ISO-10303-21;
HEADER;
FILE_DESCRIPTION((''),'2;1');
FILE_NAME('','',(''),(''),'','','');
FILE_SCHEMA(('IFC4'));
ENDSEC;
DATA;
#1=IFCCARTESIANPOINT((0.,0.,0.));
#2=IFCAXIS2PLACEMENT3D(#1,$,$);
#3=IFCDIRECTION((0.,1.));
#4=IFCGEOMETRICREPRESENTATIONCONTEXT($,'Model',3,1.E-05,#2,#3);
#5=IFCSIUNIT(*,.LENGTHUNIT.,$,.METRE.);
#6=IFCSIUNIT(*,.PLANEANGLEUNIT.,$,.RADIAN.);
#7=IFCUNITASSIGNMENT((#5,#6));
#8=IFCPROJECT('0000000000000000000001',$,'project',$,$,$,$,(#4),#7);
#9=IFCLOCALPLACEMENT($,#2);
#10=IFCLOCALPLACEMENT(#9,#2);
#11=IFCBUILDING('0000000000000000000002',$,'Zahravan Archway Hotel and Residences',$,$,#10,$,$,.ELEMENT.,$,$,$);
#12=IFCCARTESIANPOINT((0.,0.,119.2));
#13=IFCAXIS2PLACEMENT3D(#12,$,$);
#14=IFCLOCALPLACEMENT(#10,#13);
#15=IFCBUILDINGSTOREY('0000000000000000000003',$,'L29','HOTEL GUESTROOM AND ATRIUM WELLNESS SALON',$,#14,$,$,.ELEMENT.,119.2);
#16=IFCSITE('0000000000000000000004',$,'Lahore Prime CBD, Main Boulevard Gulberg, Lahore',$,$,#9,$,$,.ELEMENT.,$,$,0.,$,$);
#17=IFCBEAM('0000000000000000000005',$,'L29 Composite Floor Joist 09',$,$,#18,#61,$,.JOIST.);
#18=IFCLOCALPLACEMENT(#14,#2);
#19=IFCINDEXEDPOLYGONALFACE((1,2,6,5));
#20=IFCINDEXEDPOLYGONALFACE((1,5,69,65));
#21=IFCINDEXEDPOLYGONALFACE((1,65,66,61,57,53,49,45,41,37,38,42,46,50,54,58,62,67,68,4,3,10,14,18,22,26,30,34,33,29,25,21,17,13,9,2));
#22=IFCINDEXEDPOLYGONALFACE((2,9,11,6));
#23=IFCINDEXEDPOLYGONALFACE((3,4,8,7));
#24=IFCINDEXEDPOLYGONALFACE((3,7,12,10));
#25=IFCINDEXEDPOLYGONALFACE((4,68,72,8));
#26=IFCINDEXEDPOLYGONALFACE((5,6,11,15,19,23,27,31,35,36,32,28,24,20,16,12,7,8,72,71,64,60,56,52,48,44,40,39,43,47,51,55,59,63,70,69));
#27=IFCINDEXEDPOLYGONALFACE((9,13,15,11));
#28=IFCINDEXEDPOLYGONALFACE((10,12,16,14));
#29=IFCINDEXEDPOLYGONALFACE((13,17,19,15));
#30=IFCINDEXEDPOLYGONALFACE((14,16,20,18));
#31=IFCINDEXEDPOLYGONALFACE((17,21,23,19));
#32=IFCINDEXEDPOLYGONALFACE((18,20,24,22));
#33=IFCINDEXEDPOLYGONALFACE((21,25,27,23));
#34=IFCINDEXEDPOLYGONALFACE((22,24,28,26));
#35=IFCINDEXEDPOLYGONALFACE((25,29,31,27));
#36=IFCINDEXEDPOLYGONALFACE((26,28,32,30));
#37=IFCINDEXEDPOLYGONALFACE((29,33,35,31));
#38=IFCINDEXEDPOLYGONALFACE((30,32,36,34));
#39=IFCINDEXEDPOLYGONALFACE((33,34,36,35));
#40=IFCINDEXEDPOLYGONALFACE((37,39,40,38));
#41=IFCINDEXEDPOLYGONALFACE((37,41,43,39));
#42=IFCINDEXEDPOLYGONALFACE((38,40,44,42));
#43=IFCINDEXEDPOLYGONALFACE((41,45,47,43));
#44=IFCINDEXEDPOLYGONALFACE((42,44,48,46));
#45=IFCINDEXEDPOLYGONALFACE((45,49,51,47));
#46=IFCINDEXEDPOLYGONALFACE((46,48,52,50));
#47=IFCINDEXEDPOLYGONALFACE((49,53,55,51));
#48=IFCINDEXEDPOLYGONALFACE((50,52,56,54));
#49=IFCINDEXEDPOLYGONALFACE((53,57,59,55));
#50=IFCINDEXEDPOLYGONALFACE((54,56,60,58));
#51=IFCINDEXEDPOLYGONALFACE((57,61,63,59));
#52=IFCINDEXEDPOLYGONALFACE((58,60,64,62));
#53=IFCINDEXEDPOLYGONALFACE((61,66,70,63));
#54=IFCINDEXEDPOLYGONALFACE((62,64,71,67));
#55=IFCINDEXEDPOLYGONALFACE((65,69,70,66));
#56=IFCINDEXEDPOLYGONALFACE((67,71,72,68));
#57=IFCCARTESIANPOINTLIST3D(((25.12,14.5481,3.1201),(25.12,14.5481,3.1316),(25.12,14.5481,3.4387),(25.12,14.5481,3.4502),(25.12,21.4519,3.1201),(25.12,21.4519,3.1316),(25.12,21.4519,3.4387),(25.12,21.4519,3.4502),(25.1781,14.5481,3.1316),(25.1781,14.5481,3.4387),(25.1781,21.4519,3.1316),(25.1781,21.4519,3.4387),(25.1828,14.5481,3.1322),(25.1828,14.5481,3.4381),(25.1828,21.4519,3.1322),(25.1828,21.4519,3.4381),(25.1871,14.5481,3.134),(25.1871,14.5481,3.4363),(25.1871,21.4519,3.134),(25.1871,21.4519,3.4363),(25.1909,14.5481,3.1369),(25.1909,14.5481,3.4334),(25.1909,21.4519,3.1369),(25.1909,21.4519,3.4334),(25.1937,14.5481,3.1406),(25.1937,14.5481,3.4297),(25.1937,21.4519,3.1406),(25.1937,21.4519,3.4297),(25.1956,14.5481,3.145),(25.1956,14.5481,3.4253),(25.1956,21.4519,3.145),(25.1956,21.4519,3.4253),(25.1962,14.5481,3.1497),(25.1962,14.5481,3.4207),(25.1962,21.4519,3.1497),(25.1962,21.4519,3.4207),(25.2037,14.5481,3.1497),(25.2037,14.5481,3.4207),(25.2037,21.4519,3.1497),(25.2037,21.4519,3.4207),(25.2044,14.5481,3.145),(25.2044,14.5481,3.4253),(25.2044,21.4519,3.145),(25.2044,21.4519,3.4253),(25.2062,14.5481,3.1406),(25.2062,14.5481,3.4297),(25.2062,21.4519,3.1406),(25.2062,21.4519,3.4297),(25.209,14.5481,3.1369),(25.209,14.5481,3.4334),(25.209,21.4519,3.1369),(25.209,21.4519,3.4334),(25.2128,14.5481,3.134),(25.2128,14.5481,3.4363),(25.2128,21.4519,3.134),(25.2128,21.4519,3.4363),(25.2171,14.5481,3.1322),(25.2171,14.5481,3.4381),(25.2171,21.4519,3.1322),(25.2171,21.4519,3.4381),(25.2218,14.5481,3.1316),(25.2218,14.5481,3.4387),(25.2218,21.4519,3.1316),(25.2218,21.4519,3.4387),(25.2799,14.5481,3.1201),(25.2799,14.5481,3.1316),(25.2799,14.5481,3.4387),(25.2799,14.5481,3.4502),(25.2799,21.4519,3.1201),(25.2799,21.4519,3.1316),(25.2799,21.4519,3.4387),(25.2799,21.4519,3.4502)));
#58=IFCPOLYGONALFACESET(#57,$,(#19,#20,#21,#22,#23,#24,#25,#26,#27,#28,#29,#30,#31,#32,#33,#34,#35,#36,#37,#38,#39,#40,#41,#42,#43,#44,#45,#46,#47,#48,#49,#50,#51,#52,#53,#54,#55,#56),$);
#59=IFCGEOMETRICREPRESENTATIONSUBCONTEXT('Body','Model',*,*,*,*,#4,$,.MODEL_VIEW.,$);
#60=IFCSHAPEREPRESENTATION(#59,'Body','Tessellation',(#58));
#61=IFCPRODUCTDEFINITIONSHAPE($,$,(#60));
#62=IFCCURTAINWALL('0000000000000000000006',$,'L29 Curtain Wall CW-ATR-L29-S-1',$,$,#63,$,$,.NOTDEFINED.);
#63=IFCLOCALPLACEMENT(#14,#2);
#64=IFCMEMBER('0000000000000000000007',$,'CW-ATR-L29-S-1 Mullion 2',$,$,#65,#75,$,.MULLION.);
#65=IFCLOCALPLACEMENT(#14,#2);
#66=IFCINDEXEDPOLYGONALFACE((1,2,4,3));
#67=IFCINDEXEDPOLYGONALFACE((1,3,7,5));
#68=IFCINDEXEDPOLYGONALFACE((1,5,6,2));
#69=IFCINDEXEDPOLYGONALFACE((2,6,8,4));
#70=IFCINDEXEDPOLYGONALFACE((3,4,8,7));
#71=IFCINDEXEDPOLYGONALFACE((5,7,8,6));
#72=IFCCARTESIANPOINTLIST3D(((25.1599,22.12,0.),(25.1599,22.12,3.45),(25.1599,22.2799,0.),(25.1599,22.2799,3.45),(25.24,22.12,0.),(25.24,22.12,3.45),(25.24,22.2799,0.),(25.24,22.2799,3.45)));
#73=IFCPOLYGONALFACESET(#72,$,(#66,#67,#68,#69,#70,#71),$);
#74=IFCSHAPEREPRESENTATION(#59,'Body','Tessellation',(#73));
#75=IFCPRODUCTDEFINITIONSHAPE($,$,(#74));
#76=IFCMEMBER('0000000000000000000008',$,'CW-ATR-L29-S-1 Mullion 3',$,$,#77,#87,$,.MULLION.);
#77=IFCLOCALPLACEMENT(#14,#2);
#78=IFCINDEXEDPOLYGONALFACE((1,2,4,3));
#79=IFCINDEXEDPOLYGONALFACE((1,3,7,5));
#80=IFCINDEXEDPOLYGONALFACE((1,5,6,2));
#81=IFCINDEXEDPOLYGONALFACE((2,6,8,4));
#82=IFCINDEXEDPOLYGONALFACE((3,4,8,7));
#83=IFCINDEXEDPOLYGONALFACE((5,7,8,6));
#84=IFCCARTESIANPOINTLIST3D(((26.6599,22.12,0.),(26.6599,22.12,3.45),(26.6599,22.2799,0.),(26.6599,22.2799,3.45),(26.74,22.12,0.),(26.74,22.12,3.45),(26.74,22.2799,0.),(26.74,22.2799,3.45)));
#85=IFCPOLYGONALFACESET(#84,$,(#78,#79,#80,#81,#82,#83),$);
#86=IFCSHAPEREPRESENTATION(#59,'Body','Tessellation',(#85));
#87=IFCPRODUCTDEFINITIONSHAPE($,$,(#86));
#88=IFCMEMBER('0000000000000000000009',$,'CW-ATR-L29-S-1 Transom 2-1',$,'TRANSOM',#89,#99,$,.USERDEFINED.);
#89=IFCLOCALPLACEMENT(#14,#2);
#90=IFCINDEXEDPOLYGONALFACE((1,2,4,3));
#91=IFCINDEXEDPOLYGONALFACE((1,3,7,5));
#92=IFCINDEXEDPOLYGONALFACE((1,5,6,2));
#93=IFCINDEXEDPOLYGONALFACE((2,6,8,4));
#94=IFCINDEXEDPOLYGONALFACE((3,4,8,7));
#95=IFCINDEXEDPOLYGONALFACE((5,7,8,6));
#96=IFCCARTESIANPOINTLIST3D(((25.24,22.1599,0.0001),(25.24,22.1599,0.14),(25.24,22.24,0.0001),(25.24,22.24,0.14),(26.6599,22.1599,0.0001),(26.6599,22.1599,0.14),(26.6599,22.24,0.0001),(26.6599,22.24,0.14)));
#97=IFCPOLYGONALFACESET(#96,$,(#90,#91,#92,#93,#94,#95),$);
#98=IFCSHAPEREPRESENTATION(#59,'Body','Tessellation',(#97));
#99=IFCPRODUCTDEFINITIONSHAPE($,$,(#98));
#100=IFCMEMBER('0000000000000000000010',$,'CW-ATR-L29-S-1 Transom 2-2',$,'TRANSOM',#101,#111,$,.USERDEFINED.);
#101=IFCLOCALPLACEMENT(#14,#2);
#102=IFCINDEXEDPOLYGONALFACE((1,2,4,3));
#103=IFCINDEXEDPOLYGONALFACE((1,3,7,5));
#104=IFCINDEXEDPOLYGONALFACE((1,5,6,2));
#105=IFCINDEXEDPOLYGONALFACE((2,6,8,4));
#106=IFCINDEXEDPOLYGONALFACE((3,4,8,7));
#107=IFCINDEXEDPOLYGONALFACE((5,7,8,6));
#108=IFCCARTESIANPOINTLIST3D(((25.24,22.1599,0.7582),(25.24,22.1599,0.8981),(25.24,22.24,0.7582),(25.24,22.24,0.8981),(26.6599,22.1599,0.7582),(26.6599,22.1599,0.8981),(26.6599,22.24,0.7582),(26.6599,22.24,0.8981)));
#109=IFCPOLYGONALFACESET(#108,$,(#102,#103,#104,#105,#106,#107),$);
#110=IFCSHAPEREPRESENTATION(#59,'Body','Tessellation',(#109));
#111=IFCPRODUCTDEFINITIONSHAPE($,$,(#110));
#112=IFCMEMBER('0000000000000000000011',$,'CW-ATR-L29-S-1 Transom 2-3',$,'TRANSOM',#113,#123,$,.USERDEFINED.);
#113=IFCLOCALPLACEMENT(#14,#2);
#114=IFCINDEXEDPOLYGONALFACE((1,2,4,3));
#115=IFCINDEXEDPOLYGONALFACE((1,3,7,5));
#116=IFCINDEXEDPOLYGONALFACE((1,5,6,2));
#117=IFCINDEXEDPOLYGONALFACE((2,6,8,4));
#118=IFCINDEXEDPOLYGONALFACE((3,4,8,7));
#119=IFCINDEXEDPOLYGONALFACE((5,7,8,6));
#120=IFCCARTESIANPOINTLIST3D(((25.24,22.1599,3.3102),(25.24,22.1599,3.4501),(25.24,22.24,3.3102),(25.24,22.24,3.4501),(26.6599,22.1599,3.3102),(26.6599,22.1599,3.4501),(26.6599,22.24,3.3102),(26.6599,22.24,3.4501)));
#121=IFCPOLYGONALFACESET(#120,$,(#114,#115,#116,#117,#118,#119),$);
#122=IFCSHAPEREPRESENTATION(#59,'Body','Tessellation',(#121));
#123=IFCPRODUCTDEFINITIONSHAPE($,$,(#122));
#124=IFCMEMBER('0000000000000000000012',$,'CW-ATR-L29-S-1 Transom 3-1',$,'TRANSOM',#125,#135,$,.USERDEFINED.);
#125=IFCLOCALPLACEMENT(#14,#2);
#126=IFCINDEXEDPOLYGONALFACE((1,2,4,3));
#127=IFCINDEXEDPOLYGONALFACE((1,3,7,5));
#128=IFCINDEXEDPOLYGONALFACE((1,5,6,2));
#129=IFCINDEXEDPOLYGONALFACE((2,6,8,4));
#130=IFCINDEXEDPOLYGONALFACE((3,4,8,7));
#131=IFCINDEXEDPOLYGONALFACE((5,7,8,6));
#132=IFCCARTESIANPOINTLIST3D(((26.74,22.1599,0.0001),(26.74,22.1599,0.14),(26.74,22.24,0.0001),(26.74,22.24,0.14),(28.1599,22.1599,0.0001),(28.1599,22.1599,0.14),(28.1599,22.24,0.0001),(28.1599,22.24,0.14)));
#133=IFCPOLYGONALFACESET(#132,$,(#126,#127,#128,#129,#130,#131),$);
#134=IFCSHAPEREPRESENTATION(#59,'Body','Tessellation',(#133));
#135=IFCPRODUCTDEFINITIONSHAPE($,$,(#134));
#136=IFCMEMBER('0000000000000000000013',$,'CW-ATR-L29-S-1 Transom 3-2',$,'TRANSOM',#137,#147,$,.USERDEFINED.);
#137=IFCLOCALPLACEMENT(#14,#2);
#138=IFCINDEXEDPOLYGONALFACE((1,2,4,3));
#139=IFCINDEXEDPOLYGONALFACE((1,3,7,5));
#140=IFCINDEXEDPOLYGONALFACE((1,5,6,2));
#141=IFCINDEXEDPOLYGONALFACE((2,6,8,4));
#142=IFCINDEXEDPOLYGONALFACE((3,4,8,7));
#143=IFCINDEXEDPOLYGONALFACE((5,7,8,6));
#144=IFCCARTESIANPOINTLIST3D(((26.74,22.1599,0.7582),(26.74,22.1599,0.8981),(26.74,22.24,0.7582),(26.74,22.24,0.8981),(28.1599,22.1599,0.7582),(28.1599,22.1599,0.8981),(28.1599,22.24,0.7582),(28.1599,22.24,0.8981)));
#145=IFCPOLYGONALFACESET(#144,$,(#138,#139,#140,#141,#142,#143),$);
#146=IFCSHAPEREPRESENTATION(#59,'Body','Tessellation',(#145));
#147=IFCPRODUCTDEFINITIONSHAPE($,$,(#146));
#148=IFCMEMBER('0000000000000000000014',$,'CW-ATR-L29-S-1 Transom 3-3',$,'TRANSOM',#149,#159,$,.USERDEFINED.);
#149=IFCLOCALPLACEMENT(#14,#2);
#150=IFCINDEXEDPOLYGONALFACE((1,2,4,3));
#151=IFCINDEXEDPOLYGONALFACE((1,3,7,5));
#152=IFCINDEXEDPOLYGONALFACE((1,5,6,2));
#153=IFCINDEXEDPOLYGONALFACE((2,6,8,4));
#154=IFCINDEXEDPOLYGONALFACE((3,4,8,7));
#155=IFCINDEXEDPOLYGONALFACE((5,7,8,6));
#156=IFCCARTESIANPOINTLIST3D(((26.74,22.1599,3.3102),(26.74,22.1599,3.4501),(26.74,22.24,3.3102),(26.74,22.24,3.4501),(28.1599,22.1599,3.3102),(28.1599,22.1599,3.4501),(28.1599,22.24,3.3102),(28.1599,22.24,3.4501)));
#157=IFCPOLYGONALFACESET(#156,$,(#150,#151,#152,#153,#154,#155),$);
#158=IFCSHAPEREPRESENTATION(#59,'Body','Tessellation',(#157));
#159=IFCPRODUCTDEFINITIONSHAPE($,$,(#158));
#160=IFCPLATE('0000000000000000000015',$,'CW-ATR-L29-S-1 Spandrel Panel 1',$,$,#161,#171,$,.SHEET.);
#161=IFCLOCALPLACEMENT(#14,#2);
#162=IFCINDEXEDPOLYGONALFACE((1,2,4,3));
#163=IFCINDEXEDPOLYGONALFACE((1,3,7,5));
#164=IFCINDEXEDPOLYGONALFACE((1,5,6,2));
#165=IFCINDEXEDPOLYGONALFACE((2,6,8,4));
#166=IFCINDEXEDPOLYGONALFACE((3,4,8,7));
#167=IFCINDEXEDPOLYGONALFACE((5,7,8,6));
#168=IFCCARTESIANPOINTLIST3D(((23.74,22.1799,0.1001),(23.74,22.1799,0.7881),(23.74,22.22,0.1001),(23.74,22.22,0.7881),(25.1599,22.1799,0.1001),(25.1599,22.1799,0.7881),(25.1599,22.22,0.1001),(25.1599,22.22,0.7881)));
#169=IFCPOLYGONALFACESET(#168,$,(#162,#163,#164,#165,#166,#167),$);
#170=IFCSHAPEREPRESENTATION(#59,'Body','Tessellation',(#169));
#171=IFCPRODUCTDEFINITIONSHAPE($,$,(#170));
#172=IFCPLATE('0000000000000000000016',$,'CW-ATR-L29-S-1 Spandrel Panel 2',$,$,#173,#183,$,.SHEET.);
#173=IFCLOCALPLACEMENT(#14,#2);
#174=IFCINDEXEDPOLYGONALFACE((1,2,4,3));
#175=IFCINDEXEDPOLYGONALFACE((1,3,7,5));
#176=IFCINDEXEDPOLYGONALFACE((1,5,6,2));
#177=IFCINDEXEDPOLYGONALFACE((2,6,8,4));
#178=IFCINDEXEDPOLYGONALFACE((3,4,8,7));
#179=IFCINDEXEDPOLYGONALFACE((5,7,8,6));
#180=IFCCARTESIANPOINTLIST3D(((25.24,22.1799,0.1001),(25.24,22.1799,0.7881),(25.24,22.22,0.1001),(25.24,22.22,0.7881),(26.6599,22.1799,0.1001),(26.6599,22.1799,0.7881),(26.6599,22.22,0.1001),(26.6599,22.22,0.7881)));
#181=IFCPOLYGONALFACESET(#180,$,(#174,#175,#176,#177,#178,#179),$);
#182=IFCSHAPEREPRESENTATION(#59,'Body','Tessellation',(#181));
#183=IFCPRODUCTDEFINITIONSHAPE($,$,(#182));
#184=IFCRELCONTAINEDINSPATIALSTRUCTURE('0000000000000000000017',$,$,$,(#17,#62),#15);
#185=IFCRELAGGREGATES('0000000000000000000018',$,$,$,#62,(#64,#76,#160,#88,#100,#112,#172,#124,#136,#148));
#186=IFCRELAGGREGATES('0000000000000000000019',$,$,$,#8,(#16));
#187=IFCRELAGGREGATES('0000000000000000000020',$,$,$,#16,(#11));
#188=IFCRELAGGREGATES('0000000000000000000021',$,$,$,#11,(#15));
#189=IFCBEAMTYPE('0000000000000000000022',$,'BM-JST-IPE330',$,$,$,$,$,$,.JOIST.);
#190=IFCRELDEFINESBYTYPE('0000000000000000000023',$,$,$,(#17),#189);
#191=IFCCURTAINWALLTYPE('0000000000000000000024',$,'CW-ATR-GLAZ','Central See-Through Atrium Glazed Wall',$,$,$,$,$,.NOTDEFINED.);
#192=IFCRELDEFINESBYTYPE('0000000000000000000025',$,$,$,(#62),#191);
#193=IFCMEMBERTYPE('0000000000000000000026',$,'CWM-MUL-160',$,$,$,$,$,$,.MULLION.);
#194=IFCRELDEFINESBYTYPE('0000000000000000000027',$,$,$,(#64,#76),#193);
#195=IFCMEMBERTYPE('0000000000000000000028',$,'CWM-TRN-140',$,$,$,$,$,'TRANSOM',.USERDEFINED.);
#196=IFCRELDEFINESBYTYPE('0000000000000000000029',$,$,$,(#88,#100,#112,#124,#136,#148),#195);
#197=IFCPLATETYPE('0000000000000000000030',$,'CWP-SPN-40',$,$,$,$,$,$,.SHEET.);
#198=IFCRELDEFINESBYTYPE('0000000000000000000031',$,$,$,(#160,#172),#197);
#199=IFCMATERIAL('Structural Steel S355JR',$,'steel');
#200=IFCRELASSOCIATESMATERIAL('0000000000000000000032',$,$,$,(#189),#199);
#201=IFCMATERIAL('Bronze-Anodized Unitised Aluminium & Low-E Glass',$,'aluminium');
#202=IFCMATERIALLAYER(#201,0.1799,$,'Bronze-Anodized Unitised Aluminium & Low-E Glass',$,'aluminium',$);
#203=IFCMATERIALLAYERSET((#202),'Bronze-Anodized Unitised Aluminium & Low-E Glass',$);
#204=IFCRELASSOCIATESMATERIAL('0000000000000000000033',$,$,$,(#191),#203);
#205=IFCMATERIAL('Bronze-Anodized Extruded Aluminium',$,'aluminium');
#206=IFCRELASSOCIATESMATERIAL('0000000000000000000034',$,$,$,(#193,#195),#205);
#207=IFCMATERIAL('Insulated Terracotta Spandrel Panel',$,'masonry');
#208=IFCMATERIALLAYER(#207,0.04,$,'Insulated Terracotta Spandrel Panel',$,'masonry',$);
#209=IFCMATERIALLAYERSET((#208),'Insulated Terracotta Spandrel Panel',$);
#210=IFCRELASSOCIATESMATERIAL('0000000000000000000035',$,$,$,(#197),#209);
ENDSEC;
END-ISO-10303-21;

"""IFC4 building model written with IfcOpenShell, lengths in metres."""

from ifc_helpers import new_model, si_unit, direction, frame, origin, origin_2d, place, context, subcontext, project, spatial, rectangle, i_section, extrude, source, transform, mapped, material, layer, layer_set, material_profile, profile_set, type_object, element, aggregate, save


model = new_model("IFC4")

# Units and contexts
model_context = context("Model", 3, precision=1e-05, world=origin(), true_north=direction((0.0, 1.0)))
body_context = subcontext(model_context, "Body", "Model", "MODEL_VIEW")
ifc_project = project(units=[si_unit("LENGTHUNIT", "METRE"), si_unit("PLANEANGLEUNIT", "RADIAN")], contexts=[model_context])

# Site, building, storey
site_placement = place(None, origin())
site = spatial("IfcSite", under=ifc_project, at=site_placement, Name="Lahore Prime CBD, Main Boulevard Gulberg, Lahore", CompositionType="ELEMENT", RefElevation=0.0)
building_placement = place(site_placement, origin())
building = spatial("IfcBuilding", under=site, at=building_placement, Name="Zahravan Archway Hotel and Residences", CompositionType="ELEMENT")
storey_placement = place(building_placement, frame((0.0, 0.0, 119.2)))
storey = spatial("IfcBuildingStorey", under=building, at=storey_placement, Name="L29", Description="HOTEL GUESTROOM AND ATRIUM WELLNESS SALON", CompositionType="ELEMENT", Elevation=119.2)

# Beam
ifc_material_1 = material(Name="Structural Steel S355JR", Category="steel")
ifc_material_profile_1 = material_profile(ifc_material_1, i_section(OverallWidth=0.1599, OverallDepth=0.3301, WebThickness=0.0076, FlangeThickness=0.0115, FilletRadius=0.0181, at=origin_2d()), Name="IPE 330", Category="steel")
ifc_profile_set_1 = profile_set([ifc_material_profile_1], Name="Structural Steel S355JR")
beam_type = type_object("IfcBeamType", Name="BM-JST-IPE330", PredefinedType="JOIST", material=ifc_profile_set_1)
shared_shape_1 = source(origin(), body_context, "Body", "SweptSolid", [
    extrude(i_section(OverallWidth=0.1599, OverallDepth=0.3301, WebThickness=0.0076, FlangeThickness=0.0115, FilletRadius=0.0181, at=origin_2d()), origin(), (0.0, 0.0, 1.0), 6.9038),
])
beam_placement = place(storey_placement, frame((25.2, 14.5481, 3.2852), z_axis=(0.0, 1.0, 0.0), x_axis=(-1.0, 0.0, 0.0)))
element("IfcBeam", 1, at=beam_placement, inside=storey, type_object=beam_type, Name="L29 Composite Floor Joist 09", PredefinedType="JOIST", context=body_context, shape_type="MappedRepresentation", body=[
    mapped(shared_shape_1, transform((0.0, 0.0, 0.0), scale=1.0)),
])

# Curtain wall, members, plates
ifc_material_2 = material(Name="Bronze-Anodized Unitised Aluminium & Low-E Glass", Category="aluminium")
ifc_layer_1 = layer(ifc_material_2, 0.1799, Name="Bronze-Anodized Unitised Aluminium & Low-E Glass", Category="aluminium")
ifc_layer_set_1 = layer_set([ifc_layer_1], Name="Bronze-Anodized Unitised Aluminium & Low-E Glass")
curtain_wall_type = type_object("IfcCurtainWallType", Name="CW-ATR-GLAZ", Description="Central See-Through Atrium Glazed Wall", PredefinedType="NOTDEFINED", material=ifc_layer_set_1)
curtain_wall_placement = place(storey_placement, origin())
curtain_wall = element("IfcCurtainWall", 2, at=curtain_wall_placement, inside=storey, type_object=curtain_wall_type, Name="L29 Curtain Wall CW-ATR-L29-S-1", PredefinedType="NOTDEFINED")
ifc_material_3 = material(Name="Bronze-Anodized Extruded Aluminium", Category="aluminium")
ifc_material_profile_2 = material_profile(ifc_material_3, rectangle(XDim=0.0801, YDim=0.1599, at=origin_2d()), Name="MUL 80x160", Category="aluminium")
ifc_profile_set_2 = profile_set([ifc_material_profile_2], Name="Bronze-Anodized Extruded Aluminium")
member_type_1 = type_object("IfcMemberType", Name="CWM-MUL-160", PredefinedType="MULLION", material=ifc_profile_set_2)
shared_shape_2 = source(origin(), body_context, "Body", "SweptSolid", [
    extrude(rectangle(XDim=0.0801, YDim=0.1599, at=origin_2d()), origin(), (0.0, 0.0, 1.0), 3.45),
])
member_1_placement = place(storey_placement, frame((25.2, 22.2, 0.0), z_axis=(0.0, 0.0, 1.0), x_axis=(1.0, 0.0, 0.0)))
member_1 = element("IfcMember", 3, at=member_1_placement, type_object=member_type_1, Name="CW-ATR-L29-S-1 Mullion 2", PredefinedType="MULLION", context=body_context, shape_type="MappedRepresentation", body=[
    mapped(shared_shape_2, transform((0.0, 0.0, 0.0), scale=1.0)),
])
member_2_placement = place(storey_placement, frame((26.7, 22.2, 0.0), z_axis=(0.0, 0.0, 1.0), x_axis=(1.0, 0.0, 0.0)))
member_2 = element("IfcMember", 4, at=member_2_placement, type_object=member_type_1, Name="CW-ATR-L29-S-1 Mullion 3", PredefinedType="MULLION", context=body_context, shape_type="MappedRepresentation", body=[
    mapped(shared_shape_2, transform((0.0, 0.0, 0.0), scale=1.0)),
])
ifc_material_profile_3 = material_profile(ifc_material_3, rectangle(XDim=0.0801, YDim=0.1399, at=origin_2d()), Name="TRN 80x140", Category="aluminium")
ifc_profile_set_3 = profile_set([ifc_material_profile_3], Name="Bronze-Anodized Extruded Aluminium")
member_type_2 = type_object("IfcMemberType", Name="CWM-TRN-140", ElementType="TRANSOM", PredefinedType="USERDEFINED", material=ifc_profile_set_3)
shared_shape_3 = source(origin(), body_context, "Body", "SweptSolid", [
    extrude(rectangle(XDim=0.0801, YDim=0.1399, at=origin_2d()), origin(), (0.0, 0.0, 1.0), 1.4199),
])
member_3_placement = place(storey_placement, frame((25.24, 22.2, 0.0701), z_axis=(1.0, 0.0, 0.0), x_axis=(0.0, 1.0, 0.0)))
member_3 = element("IfcMember", 5, at=member_3_placement, type_object=member_type_2, Name="CW-ATR-L29-S-1 Transom 2-1", ObjectType="TRANSOM", PredefinedType="USERDEFINED", context=body_context, shape_type="MappedRepresentation", body=[
    mapped(shared_shape_3, transform((0.0, 0.0, 0.0), scale=1.0)),
])
member_4_placement = place(storey_placement, frame((25.24, 22.2, 0.8281), z_axis=(1.0, 0.0, 0.0), x_axis=(0.0, 1.0, 0.0)))
member_4 = element("IfcMember", 6, at=member_4_placement, type_object=member_type_2, Name="CW-ATR-L29-S-1 Transom 2-2", ObjectType="TRANSOM", PredefinedType="USERDEFINED", context=body_context, shape_type="MappedRepresentation", body=[
    mapped(shared_shape_3, transform((0.0, 0.0, 0.0), scale=1.0)),
])
member_5_placement = place(storey_placement, frame((25.24, 22.2, 3.3801), z_axis=(1.0, 0.0, 0.0), x_axis=(0.0, 1.0, 0.0)))
member_5 = element("IfcMember", 7, at=member_5_placement, type_object=member_type_2, Name="CW-ATR-L29-S-1 Transom 2-3", ObjectType="TRANSOM", PredefinedType="USERDEFINED", context=body_context, shape_type="MappedRepresentation", body=[
    mapped(shared_shape_3, transform((0.0, 0.0, 0.0), scale=1.0)),
])
member_6_placement = place(storey_placement, frame((26.74, 22.2, 0.0701), z_axis=(1.0, 0.0, 0.0), x_axis=(0.0, 1.0, 0.0)))
member_6 = element("IfcMember", 8, at=member_6_placement, type_object=member_type_2, Name="CW-ATR-L29-S-1 Transom 3-1", ObjectType="TRANSOM", PredefinedType="USERDEFINED", context=body_context, shape_type="MappedRepresentation", body=[
    mapped(shared_shape_3, transform((0.0, 0.0, 0.0), scale=1.0)),
])
member_7_placement = place(storey_placement, frame((26.74, 22.2, 0.8281), z_axis=(1.0, 0.0, 0.0), x_axis=(0.0, 1.0, 0.0)))
member_7 = element("IfcMember", 9, at=member_7_placement, type_object=member_type_2, Name="CW-ATR-L29-S-1 Transom 3-2", ObjectType="TRANSOM", PredefinedType="USERDEFINED", context=body_context, shape_type="MappedRepresentation", body=[
    mapped(shared_shape_3, transform((0.0, 0.0, 0.0), scale=1.0)),
])
member_8_placement = place(storey_placement, frame((26.74, 22.2, 3.3801), z_axis=(1.0, 0.0, 0.0), x_axis=(0.0, 1.0, 0.0)))
member_8 = element("IfcMember", 10, at=member_8_placement, type_object=member_type_2, Name="CW-ATR-L29-S-1 Transom 3-3", ObjectType="TRANSOM", PredefinedType="USERDEFINED", context=body_context, shape_type="MappedRepresentation", body=[
    mapped(shared_shape_3, transform((0.0, 0.0, 0.0), scale=1.0)),
])
ifc_material_4 = material(Name="Insulated Terracotta Spandrel Panel", Category="masonry")
ifc_layer_2 = layer(ifc_material_4, 0.04, Name="Insulated Terracotta Spandrel Panel", Category="masonry")
ifc_layer_set_2 = layer_set([ifc_layer_2], Name="Insulated Terracotta Spandrel Panel")
plate_type_1 = type_object("IfcPlateType", Name="CWP-SPN-40", PredefinedType="SHEET", material=ifc_layer_set_2)
shared_shape_4 = source(origin(), body_context, "Body", "SweptSolid", [
    extrude(rectangle(XDim=1.4199, YDim=0.04, at=origin_2d()), origin(), (0.0, 0.0, 1.0), 0.688),
])
plate_1_placement = place(storey_placement, frame((24.45, 22.2, 0.1001), z_axis=(0.0, 0.0, 1.0), x_axis=(1.0, 0.0, 0.0)))
plate_1 = element("IfcPlate", 11, at=plate_1_placement, type_object=plate_type_1, Name="CW-ATR-L29-S-1 Spandrel Panel 1", PredefinedType="SHEET", context=body_context, shape_type="MappedRepresentation", body=[
    mapped(shared_shape_4, transform((0.0, 0.0, 0.0), scale=1.0)),
])
plate_2_placement = place(storey_placement, frame((25.95, 22.2, 0.1001), z_axis=(0.0, 0.0, 1.0), x_axis=(1.0, 0.0, 0.0)))
plate_2 = element("IfcPlate", 12, at=plate_2_placement, type_object=plate_type_1, Name="CW-ATR-L29-S-1 Spandrel Panel 2", PredefinedType="SHEET", context=body_context, shape_type="MappedRepresentation", body=[
    mapped(shared_shape_4, transform((0.0, 0.0, 0.0), scale=1.0)),
])
aggregate(curtain_wall, [member_1, member_2, plate_1, member_3, member_4, member_5, plate_2, member_6, member_7, member_8])

save(model, "model.ifc")
